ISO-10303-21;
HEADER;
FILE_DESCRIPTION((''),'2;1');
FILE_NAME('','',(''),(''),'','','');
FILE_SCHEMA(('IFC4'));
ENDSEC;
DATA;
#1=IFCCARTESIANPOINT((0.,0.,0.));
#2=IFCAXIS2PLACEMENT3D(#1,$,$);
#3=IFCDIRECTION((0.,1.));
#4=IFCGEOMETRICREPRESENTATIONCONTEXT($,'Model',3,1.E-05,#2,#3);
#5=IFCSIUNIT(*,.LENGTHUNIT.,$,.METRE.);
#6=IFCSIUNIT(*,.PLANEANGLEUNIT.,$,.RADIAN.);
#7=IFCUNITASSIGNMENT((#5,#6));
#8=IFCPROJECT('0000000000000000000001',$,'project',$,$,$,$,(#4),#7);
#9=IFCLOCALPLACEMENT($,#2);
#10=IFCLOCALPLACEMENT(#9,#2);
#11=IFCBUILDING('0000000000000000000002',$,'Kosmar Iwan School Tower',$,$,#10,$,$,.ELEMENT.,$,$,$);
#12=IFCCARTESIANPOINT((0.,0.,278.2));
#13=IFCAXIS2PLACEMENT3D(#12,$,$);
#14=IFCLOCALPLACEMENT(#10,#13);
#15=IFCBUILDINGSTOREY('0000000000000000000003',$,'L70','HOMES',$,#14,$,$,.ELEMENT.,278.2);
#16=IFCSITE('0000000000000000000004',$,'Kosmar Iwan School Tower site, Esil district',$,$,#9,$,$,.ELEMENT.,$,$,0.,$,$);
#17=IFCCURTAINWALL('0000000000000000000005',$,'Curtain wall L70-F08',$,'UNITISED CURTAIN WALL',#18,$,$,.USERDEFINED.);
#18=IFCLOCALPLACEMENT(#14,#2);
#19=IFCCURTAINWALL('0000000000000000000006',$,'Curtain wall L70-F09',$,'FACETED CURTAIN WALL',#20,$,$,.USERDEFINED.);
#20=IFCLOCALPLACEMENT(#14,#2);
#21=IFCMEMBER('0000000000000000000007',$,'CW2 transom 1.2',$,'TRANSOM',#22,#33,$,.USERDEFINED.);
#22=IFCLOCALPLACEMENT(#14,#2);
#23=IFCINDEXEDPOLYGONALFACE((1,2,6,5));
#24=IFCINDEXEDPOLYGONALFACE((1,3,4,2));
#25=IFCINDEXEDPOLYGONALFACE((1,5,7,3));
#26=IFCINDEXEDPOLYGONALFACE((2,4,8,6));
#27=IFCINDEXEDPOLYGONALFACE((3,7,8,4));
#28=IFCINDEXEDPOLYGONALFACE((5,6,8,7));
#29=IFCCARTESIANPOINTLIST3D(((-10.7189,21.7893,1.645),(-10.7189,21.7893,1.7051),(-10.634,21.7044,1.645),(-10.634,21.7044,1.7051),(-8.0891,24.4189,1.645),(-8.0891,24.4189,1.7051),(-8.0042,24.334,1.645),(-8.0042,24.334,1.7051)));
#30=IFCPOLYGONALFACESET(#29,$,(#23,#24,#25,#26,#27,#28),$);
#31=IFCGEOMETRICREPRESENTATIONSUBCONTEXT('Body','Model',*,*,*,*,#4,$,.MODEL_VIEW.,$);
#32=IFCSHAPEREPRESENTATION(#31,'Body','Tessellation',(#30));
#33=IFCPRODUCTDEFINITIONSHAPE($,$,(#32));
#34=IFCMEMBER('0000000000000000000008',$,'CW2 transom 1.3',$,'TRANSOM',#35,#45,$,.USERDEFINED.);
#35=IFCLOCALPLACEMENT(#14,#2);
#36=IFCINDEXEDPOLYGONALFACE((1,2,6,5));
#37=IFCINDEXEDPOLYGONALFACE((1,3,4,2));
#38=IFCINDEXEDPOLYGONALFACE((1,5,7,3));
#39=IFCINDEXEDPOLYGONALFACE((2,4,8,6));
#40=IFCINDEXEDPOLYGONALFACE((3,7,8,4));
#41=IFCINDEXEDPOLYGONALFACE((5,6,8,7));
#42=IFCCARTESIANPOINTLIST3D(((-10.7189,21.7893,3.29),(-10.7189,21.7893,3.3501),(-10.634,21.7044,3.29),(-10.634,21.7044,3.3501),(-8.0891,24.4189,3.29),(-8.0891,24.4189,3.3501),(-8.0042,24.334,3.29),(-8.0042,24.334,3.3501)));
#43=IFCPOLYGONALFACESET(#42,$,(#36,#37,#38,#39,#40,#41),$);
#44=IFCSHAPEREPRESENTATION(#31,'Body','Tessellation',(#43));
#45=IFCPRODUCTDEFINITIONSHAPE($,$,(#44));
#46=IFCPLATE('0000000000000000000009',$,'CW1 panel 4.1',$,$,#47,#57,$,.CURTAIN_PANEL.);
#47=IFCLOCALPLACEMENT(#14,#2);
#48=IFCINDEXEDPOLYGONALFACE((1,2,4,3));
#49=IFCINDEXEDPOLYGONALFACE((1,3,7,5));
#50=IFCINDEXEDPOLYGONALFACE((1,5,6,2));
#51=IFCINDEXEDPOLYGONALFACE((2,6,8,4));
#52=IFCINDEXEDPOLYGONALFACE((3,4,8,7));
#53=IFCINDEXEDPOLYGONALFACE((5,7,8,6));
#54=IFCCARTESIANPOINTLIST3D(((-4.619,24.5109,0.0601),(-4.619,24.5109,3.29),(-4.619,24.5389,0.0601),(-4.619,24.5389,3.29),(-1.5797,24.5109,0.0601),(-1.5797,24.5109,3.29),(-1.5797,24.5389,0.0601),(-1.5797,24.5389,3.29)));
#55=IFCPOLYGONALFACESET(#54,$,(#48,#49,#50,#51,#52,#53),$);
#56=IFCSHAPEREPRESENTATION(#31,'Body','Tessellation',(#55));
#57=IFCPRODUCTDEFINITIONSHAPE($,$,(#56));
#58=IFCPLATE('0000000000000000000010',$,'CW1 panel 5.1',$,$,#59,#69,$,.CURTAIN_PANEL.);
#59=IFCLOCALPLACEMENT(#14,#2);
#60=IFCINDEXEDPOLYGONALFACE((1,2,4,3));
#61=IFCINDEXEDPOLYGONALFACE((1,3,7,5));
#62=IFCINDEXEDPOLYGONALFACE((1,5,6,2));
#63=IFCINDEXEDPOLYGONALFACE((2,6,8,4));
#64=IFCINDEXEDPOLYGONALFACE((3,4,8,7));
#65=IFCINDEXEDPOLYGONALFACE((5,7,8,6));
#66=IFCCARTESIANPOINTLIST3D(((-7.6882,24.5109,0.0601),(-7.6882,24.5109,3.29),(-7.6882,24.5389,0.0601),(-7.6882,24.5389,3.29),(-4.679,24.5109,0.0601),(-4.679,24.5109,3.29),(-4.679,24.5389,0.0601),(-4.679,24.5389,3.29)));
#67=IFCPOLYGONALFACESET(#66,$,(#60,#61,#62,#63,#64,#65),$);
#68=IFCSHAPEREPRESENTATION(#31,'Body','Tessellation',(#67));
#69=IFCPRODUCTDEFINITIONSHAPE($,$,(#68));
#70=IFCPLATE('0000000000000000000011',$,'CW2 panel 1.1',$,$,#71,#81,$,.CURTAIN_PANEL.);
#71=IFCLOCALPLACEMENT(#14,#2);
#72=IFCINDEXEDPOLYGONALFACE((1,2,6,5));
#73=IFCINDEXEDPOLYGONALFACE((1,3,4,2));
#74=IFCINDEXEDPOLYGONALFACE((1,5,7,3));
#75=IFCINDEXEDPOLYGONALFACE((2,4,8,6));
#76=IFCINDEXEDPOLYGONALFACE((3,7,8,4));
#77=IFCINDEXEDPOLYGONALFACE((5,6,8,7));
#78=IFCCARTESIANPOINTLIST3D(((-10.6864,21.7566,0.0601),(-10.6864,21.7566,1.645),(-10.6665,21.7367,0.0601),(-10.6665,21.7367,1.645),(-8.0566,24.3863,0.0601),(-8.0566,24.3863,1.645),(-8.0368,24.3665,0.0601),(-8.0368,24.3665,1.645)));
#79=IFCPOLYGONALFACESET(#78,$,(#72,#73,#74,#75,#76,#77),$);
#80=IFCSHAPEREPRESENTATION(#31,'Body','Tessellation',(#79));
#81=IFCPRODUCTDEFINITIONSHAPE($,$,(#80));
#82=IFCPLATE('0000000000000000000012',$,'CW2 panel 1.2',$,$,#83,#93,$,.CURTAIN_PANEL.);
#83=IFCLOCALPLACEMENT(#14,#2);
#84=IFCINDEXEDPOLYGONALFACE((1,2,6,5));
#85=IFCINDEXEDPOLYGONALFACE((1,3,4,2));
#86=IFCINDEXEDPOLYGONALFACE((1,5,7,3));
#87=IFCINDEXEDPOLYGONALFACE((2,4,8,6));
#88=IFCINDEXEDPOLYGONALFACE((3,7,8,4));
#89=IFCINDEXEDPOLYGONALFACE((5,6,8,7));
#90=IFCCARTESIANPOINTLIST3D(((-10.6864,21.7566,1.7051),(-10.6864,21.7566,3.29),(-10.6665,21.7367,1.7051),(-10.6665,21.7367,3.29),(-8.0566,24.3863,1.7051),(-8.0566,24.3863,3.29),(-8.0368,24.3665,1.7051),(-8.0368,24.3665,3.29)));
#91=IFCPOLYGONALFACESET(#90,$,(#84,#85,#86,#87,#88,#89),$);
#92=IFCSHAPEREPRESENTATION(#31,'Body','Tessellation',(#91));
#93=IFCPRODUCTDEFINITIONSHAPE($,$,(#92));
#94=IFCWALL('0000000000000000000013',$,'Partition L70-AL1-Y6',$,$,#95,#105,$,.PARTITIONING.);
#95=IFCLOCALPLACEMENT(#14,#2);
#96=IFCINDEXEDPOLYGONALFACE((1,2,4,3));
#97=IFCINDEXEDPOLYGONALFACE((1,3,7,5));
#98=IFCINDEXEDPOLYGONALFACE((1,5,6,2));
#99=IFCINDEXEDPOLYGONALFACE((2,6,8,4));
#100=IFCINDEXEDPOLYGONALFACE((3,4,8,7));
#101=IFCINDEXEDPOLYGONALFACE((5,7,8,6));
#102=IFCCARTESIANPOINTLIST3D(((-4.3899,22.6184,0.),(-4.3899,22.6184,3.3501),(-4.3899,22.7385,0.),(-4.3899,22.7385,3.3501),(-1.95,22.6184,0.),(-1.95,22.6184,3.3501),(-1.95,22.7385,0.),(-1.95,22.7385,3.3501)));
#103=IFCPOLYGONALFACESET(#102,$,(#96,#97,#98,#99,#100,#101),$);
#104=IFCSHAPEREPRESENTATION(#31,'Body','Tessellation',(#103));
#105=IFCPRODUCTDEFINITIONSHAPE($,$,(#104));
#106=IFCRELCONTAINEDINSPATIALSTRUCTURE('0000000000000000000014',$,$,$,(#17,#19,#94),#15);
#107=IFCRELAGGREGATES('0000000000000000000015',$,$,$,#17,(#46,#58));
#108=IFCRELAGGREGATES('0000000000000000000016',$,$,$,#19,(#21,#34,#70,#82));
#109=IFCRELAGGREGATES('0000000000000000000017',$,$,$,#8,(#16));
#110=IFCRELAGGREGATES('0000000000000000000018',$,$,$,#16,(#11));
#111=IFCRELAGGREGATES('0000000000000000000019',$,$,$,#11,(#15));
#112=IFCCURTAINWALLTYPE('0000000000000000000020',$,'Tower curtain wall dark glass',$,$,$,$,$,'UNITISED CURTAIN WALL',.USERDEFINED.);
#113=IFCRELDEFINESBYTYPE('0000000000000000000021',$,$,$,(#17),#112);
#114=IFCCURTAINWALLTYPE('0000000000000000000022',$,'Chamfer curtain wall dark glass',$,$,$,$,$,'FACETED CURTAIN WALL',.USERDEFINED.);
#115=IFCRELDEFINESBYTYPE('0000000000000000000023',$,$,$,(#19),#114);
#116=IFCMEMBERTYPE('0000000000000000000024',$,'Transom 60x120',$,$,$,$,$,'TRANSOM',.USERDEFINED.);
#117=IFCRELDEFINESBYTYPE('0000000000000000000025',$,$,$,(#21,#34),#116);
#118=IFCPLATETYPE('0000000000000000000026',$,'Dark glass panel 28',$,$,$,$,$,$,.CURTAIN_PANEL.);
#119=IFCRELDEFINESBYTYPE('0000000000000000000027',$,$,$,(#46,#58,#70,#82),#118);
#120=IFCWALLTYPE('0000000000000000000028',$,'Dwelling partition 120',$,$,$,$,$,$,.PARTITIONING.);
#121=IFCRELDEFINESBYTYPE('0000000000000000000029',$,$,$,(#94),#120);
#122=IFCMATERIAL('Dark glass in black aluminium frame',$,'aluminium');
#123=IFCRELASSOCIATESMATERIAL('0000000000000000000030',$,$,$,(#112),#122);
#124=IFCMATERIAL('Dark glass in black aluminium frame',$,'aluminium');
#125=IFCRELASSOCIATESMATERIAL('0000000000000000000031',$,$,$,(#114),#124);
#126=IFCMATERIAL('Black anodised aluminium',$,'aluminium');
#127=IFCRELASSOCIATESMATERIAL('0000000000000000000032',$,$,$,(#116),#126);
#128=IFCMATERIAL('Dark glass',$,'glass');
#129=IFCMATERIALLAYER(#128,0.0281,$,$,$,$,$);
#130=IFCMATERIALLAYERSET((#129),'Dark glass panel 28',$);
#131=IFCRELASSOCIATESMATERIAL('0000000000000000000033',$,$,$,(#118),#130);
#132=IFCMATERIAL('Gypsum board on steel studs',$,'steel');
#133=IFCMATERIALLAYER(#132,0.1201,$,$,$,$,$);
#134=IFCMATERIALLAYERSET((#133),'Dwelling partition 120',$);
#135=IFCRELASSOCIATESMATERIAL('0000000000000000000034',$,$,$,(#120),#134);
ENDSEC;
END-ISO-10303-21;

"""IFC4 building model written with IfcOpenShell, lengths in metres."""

from ifc_helpers import new_model, si_unit, direction, frame, frame_2d, origin, origin_2d, place, context, subcontext, project, spatial, rectangle, extrude, material, layer, layer_set, material_profile, profile_set, type_object, element, aggregate, save


model = new_model("IFC4")

# Units and contexts
model_context = context("Model", 3, precision=1e-05, world=origin(), true_north=direction((0.0, 1.0)))
body_context = subcontext(model_context, "Body", "Model", "MODEL_VIEW")
ifc_project = project(units=[si_unit("LENGTHUNIT", "METRE"), si_unit("PLANEANGLEUNIT", "RADIAN")], contexts=[model_context])

# Site, building, storey
site_placement = place(None, origin())
site = spatial("IfcSite", under=ifc_project, at=site_placement, Name="Kosmar Iwan School Tower site, Esil district", CompositionType="ELEMENT", RefElevation=0.0)
building_placement = place(site_placement, origin())
building = spatial("IfcBuilding", under=site, at=building_placement, Name="Kosmar Iwan School Tower", CompositionType="ELEMENT")
storey_placement = place(building_placement, frame((0.0, 0.0, 278.2)))
storey = spatial("IfcBuildingStorey", under=building, at=storey_placement, Name="L70", Description="HOMES", CompositionType="ELEMENT", Elevation=278.2)

# Curtain walls
ifc_material_1 = material(Name="Dark glass in black aluminium frame", Category="aluminium")
curtain_wall_type_1 = type_object("IfcCurtainWallType", Name="Tower curtain wall dark glass", ElementType="UNITISED CURTAIN WALL", PredefinedType="USERDEFINED", material=ifc_material_1)
curtain_wall_1_placement = place(storey_placement, origin())
curtain_wall_1 = element("IfcCurtainWall", 1, at=curtain_wall_1_placement, inside=storey, type_object=curtain_wall_type_1, Name="Curtain wall L70-F08", ObjectType="UNITISED CURTAIN WALL", PredefinedType="USERDEFINED")
ifc_material_2 = material(Name="Dark glass in black aluminium frame", Category="aluminium")
curtain_wall_type_2 = type_object("IfcCurtainWallType", Name="Chamfer curtain wall dark glass", ElementType="FACETED CURTAIN WALL", PredefinedType="USERDEFINED", material=ifc_material_2)
curtain_wall_2_placement = place(storey_placement, origin())
curtain_wall_2 = element("IfcCurtainWall", 2, at=curtain_wall_2_placement, inside=storey, type_object=curtain_wall_type_2, Name="Curtain wall L70-F09", ObjectType="FACETED CURTAIN WALL", PredefinedType="USERDEFINED")

# Members
ifc_material_3 = material(Name="Black anodised aluminium", Category="aluminium")
ifc_material_profile_1 = material_profile(ifc_material_3, rectangle(XDim=0.1201, YDim=0.0601, at=origin_2d()), Name="TRANSOM 60x120")
ifc_profile_set_1 = profile_set([ifc_material_profile_1], Name="Black anodised aluminium")
member_type_1 = type_object("IfcMemberType", Name="Transom 60x120", ElementType="TRANSOM", PredefinedType="USERDEFINED", material=ifc_profile_set_1)
member_1_placement = place(storey_placement, frame((-8.0466, 24.3765, 1.675), z_axis=(-0.70714, -0.707074, 0.0), x_axis=(0.707074, -0.70714, 0.0)))
member_1 = element("IfcMember", 3, at=member_1_placement, type_object=member_type_1, Name="CW2 transom 1.2", ObjectType="TRANSOM", PredefinedType="USERDEFINED", context=body_context, shape_type="SweptSolid", body=[
    extrude(rectangle(XDim=0.1201, YDim=0.0601, at=origin_2d()), origin(), (0.0, 0.0, 1.0), 3.719),
])
member_2_placement = place(storey_placement, frame((-8.0466, 24.3765, 3.3201), z_axis=(-0.70714, -0.707074, 0.0), x_axis=(0.707074, -0.70714, 0.0)))
member_2 = element("IfcMember", 4, at=member_2_placement, type_object=member_type_1, Name="CW2 transom 1.3", ObjectType="TRANSOM", PredefinedType="USERDEFINED", context=body_context, shape_type="SweptSolid", body=[
    extrude(rectangle(XDim=0.1201, YDim=0.0601, at=origin_2d()), origin(), (0.0, 0.0, 1.0), 3.719),
])

# Plates
ifc_material_4 = material(Name="Dark glass", Category="glass")
ifc_layer_1 = layer(ifc_material_4, 0.0281)
ifc_layer_set_1 = layer_set([ifc_layer_1], Name="Dark glass panel 28")
plate_type = type_object("IfcPlateType", Name="Dark glass panel 28", PredefinedType="CURTAIN_PANEL", material=ifc_layer_set_1)
plate_1_placement = place(storey_placement, frame((-3.0994, 24.5249, 0.0601), z_axis=(0.0, 0.0, 1.0), x_axis=(-1.0, 0.0, 0.0)))
plate_1 = element("IfcPlate", 5, at=plate_1_placement, type_object=plate_type, Name="CW1 panel 4.1", PredefinedType="CURTAIN_PANEL", context=body_context, shape_type="SweptSolid", body=[
    extrude(rectangle(XDim=3.0393, YDim=0.0281, at=origin_2d()), origin(), (0.0, 0.0, 1.0), 3.23),
])
plate_2_placement = place(storey_placement, frame((-6.1836, 24.5249, 0.0601), z_axis=(0.0, 0.0, 1.0), x_axis=(-1.0, 0.0, 0.0)))
plate_2 = element("IfcPlate", 6, at=plate_2_placement, type_object=plate_type, Name="CW1 panel 5.1", PredefinedType="CURTAIN_PANEL", context=body_context, shape_type="SweptSolid", body=[
    extrude(rectangle(XDim=3.0093, YDim=0.0281, at=origin_2d()), origin(), (0.0, 0.0, 1.0), 3.23),
])
aggregate(curtain_wall_1, [plate_1, plate_2])
plate_3_placement = place(storey_placement, frame((-9.3616, 23.0615, 0.0601), z_axis=(0.0, 0.0, 1.0), x_axis=(-0.707107, -0.707107, 0.0)))
plate_3 = element("IfcPlate", 7, at=plate_3_placement, type_object=plate_type, Name="CW2 panel 1.1", PredefinedType="CURTAIN_PANEL", context=body_context, shape_type="SweptSolid", body=[
    extrude(rectangle(XDim=3.719, YDim=0.0281, at=origin_2d()), origin(), (0.0, 0.0, 1.0), 1.585),
])
plate_4_placement = place(storey_placement, frame((-9.3616, 23.0615, 1.7051), z_axis=(0.0, 0.0, 1.0), x_axis=(-0.707107, -0.707107, 0.0)))
plate_4 = element("IfcPlate", 8, at=plate_4_placement, type_object=plate_type, Name="CW2 panel 1.2", PredefinedType="CURTAIN_PANEL", context=body_context, shape_type="SweptSolid", body=[
    extrude(rectangle(XDim=3.719, YDim=0.0281, at=origin_2d()), origin(), (0.0, 0.0, 1.0), 1.585),
])
aggregate(curtain_wall_2, [member_1, member_2, plate_3, plate_4])

# Wall
ifc_material_5 = material(Name="Gypsum board on steel studs", Category="steel")
ifc_layer_2 = layer(ifc_material_5, 0.1201)
ifc_layer_set_2 = layer_set([ifc_layer_2], Name="Dwelling partition 120")
wall_type = type_object("IfcWallType", Name="Dwelling partition 120", PredefinedType="PARTITIONING", material=ifc_layer_set_2)
wall_placement = place(storey_placement, frame((-1.95, 22.6785, 0.0), z_axis=(0.0, 0.0, 1.0), x_axis=(-1.0, 0.0, 0.0)))
element("IfcWall", 9, at=wall_placement, inside=storey, type_object=wall_type, Name="Partition L70-AL1-Y6", PredefinedType="PARTITIONING", context=body_context, shape_type="SweptSolid", body=[
    extrude(rectangle(XDim=2.4399, YDim=0.1201, at=frame_2d((1.22, 0.0))), origin(), (0.0, 0.0, 1.0), 3.3501),
])

save(model, "model.ifc")
